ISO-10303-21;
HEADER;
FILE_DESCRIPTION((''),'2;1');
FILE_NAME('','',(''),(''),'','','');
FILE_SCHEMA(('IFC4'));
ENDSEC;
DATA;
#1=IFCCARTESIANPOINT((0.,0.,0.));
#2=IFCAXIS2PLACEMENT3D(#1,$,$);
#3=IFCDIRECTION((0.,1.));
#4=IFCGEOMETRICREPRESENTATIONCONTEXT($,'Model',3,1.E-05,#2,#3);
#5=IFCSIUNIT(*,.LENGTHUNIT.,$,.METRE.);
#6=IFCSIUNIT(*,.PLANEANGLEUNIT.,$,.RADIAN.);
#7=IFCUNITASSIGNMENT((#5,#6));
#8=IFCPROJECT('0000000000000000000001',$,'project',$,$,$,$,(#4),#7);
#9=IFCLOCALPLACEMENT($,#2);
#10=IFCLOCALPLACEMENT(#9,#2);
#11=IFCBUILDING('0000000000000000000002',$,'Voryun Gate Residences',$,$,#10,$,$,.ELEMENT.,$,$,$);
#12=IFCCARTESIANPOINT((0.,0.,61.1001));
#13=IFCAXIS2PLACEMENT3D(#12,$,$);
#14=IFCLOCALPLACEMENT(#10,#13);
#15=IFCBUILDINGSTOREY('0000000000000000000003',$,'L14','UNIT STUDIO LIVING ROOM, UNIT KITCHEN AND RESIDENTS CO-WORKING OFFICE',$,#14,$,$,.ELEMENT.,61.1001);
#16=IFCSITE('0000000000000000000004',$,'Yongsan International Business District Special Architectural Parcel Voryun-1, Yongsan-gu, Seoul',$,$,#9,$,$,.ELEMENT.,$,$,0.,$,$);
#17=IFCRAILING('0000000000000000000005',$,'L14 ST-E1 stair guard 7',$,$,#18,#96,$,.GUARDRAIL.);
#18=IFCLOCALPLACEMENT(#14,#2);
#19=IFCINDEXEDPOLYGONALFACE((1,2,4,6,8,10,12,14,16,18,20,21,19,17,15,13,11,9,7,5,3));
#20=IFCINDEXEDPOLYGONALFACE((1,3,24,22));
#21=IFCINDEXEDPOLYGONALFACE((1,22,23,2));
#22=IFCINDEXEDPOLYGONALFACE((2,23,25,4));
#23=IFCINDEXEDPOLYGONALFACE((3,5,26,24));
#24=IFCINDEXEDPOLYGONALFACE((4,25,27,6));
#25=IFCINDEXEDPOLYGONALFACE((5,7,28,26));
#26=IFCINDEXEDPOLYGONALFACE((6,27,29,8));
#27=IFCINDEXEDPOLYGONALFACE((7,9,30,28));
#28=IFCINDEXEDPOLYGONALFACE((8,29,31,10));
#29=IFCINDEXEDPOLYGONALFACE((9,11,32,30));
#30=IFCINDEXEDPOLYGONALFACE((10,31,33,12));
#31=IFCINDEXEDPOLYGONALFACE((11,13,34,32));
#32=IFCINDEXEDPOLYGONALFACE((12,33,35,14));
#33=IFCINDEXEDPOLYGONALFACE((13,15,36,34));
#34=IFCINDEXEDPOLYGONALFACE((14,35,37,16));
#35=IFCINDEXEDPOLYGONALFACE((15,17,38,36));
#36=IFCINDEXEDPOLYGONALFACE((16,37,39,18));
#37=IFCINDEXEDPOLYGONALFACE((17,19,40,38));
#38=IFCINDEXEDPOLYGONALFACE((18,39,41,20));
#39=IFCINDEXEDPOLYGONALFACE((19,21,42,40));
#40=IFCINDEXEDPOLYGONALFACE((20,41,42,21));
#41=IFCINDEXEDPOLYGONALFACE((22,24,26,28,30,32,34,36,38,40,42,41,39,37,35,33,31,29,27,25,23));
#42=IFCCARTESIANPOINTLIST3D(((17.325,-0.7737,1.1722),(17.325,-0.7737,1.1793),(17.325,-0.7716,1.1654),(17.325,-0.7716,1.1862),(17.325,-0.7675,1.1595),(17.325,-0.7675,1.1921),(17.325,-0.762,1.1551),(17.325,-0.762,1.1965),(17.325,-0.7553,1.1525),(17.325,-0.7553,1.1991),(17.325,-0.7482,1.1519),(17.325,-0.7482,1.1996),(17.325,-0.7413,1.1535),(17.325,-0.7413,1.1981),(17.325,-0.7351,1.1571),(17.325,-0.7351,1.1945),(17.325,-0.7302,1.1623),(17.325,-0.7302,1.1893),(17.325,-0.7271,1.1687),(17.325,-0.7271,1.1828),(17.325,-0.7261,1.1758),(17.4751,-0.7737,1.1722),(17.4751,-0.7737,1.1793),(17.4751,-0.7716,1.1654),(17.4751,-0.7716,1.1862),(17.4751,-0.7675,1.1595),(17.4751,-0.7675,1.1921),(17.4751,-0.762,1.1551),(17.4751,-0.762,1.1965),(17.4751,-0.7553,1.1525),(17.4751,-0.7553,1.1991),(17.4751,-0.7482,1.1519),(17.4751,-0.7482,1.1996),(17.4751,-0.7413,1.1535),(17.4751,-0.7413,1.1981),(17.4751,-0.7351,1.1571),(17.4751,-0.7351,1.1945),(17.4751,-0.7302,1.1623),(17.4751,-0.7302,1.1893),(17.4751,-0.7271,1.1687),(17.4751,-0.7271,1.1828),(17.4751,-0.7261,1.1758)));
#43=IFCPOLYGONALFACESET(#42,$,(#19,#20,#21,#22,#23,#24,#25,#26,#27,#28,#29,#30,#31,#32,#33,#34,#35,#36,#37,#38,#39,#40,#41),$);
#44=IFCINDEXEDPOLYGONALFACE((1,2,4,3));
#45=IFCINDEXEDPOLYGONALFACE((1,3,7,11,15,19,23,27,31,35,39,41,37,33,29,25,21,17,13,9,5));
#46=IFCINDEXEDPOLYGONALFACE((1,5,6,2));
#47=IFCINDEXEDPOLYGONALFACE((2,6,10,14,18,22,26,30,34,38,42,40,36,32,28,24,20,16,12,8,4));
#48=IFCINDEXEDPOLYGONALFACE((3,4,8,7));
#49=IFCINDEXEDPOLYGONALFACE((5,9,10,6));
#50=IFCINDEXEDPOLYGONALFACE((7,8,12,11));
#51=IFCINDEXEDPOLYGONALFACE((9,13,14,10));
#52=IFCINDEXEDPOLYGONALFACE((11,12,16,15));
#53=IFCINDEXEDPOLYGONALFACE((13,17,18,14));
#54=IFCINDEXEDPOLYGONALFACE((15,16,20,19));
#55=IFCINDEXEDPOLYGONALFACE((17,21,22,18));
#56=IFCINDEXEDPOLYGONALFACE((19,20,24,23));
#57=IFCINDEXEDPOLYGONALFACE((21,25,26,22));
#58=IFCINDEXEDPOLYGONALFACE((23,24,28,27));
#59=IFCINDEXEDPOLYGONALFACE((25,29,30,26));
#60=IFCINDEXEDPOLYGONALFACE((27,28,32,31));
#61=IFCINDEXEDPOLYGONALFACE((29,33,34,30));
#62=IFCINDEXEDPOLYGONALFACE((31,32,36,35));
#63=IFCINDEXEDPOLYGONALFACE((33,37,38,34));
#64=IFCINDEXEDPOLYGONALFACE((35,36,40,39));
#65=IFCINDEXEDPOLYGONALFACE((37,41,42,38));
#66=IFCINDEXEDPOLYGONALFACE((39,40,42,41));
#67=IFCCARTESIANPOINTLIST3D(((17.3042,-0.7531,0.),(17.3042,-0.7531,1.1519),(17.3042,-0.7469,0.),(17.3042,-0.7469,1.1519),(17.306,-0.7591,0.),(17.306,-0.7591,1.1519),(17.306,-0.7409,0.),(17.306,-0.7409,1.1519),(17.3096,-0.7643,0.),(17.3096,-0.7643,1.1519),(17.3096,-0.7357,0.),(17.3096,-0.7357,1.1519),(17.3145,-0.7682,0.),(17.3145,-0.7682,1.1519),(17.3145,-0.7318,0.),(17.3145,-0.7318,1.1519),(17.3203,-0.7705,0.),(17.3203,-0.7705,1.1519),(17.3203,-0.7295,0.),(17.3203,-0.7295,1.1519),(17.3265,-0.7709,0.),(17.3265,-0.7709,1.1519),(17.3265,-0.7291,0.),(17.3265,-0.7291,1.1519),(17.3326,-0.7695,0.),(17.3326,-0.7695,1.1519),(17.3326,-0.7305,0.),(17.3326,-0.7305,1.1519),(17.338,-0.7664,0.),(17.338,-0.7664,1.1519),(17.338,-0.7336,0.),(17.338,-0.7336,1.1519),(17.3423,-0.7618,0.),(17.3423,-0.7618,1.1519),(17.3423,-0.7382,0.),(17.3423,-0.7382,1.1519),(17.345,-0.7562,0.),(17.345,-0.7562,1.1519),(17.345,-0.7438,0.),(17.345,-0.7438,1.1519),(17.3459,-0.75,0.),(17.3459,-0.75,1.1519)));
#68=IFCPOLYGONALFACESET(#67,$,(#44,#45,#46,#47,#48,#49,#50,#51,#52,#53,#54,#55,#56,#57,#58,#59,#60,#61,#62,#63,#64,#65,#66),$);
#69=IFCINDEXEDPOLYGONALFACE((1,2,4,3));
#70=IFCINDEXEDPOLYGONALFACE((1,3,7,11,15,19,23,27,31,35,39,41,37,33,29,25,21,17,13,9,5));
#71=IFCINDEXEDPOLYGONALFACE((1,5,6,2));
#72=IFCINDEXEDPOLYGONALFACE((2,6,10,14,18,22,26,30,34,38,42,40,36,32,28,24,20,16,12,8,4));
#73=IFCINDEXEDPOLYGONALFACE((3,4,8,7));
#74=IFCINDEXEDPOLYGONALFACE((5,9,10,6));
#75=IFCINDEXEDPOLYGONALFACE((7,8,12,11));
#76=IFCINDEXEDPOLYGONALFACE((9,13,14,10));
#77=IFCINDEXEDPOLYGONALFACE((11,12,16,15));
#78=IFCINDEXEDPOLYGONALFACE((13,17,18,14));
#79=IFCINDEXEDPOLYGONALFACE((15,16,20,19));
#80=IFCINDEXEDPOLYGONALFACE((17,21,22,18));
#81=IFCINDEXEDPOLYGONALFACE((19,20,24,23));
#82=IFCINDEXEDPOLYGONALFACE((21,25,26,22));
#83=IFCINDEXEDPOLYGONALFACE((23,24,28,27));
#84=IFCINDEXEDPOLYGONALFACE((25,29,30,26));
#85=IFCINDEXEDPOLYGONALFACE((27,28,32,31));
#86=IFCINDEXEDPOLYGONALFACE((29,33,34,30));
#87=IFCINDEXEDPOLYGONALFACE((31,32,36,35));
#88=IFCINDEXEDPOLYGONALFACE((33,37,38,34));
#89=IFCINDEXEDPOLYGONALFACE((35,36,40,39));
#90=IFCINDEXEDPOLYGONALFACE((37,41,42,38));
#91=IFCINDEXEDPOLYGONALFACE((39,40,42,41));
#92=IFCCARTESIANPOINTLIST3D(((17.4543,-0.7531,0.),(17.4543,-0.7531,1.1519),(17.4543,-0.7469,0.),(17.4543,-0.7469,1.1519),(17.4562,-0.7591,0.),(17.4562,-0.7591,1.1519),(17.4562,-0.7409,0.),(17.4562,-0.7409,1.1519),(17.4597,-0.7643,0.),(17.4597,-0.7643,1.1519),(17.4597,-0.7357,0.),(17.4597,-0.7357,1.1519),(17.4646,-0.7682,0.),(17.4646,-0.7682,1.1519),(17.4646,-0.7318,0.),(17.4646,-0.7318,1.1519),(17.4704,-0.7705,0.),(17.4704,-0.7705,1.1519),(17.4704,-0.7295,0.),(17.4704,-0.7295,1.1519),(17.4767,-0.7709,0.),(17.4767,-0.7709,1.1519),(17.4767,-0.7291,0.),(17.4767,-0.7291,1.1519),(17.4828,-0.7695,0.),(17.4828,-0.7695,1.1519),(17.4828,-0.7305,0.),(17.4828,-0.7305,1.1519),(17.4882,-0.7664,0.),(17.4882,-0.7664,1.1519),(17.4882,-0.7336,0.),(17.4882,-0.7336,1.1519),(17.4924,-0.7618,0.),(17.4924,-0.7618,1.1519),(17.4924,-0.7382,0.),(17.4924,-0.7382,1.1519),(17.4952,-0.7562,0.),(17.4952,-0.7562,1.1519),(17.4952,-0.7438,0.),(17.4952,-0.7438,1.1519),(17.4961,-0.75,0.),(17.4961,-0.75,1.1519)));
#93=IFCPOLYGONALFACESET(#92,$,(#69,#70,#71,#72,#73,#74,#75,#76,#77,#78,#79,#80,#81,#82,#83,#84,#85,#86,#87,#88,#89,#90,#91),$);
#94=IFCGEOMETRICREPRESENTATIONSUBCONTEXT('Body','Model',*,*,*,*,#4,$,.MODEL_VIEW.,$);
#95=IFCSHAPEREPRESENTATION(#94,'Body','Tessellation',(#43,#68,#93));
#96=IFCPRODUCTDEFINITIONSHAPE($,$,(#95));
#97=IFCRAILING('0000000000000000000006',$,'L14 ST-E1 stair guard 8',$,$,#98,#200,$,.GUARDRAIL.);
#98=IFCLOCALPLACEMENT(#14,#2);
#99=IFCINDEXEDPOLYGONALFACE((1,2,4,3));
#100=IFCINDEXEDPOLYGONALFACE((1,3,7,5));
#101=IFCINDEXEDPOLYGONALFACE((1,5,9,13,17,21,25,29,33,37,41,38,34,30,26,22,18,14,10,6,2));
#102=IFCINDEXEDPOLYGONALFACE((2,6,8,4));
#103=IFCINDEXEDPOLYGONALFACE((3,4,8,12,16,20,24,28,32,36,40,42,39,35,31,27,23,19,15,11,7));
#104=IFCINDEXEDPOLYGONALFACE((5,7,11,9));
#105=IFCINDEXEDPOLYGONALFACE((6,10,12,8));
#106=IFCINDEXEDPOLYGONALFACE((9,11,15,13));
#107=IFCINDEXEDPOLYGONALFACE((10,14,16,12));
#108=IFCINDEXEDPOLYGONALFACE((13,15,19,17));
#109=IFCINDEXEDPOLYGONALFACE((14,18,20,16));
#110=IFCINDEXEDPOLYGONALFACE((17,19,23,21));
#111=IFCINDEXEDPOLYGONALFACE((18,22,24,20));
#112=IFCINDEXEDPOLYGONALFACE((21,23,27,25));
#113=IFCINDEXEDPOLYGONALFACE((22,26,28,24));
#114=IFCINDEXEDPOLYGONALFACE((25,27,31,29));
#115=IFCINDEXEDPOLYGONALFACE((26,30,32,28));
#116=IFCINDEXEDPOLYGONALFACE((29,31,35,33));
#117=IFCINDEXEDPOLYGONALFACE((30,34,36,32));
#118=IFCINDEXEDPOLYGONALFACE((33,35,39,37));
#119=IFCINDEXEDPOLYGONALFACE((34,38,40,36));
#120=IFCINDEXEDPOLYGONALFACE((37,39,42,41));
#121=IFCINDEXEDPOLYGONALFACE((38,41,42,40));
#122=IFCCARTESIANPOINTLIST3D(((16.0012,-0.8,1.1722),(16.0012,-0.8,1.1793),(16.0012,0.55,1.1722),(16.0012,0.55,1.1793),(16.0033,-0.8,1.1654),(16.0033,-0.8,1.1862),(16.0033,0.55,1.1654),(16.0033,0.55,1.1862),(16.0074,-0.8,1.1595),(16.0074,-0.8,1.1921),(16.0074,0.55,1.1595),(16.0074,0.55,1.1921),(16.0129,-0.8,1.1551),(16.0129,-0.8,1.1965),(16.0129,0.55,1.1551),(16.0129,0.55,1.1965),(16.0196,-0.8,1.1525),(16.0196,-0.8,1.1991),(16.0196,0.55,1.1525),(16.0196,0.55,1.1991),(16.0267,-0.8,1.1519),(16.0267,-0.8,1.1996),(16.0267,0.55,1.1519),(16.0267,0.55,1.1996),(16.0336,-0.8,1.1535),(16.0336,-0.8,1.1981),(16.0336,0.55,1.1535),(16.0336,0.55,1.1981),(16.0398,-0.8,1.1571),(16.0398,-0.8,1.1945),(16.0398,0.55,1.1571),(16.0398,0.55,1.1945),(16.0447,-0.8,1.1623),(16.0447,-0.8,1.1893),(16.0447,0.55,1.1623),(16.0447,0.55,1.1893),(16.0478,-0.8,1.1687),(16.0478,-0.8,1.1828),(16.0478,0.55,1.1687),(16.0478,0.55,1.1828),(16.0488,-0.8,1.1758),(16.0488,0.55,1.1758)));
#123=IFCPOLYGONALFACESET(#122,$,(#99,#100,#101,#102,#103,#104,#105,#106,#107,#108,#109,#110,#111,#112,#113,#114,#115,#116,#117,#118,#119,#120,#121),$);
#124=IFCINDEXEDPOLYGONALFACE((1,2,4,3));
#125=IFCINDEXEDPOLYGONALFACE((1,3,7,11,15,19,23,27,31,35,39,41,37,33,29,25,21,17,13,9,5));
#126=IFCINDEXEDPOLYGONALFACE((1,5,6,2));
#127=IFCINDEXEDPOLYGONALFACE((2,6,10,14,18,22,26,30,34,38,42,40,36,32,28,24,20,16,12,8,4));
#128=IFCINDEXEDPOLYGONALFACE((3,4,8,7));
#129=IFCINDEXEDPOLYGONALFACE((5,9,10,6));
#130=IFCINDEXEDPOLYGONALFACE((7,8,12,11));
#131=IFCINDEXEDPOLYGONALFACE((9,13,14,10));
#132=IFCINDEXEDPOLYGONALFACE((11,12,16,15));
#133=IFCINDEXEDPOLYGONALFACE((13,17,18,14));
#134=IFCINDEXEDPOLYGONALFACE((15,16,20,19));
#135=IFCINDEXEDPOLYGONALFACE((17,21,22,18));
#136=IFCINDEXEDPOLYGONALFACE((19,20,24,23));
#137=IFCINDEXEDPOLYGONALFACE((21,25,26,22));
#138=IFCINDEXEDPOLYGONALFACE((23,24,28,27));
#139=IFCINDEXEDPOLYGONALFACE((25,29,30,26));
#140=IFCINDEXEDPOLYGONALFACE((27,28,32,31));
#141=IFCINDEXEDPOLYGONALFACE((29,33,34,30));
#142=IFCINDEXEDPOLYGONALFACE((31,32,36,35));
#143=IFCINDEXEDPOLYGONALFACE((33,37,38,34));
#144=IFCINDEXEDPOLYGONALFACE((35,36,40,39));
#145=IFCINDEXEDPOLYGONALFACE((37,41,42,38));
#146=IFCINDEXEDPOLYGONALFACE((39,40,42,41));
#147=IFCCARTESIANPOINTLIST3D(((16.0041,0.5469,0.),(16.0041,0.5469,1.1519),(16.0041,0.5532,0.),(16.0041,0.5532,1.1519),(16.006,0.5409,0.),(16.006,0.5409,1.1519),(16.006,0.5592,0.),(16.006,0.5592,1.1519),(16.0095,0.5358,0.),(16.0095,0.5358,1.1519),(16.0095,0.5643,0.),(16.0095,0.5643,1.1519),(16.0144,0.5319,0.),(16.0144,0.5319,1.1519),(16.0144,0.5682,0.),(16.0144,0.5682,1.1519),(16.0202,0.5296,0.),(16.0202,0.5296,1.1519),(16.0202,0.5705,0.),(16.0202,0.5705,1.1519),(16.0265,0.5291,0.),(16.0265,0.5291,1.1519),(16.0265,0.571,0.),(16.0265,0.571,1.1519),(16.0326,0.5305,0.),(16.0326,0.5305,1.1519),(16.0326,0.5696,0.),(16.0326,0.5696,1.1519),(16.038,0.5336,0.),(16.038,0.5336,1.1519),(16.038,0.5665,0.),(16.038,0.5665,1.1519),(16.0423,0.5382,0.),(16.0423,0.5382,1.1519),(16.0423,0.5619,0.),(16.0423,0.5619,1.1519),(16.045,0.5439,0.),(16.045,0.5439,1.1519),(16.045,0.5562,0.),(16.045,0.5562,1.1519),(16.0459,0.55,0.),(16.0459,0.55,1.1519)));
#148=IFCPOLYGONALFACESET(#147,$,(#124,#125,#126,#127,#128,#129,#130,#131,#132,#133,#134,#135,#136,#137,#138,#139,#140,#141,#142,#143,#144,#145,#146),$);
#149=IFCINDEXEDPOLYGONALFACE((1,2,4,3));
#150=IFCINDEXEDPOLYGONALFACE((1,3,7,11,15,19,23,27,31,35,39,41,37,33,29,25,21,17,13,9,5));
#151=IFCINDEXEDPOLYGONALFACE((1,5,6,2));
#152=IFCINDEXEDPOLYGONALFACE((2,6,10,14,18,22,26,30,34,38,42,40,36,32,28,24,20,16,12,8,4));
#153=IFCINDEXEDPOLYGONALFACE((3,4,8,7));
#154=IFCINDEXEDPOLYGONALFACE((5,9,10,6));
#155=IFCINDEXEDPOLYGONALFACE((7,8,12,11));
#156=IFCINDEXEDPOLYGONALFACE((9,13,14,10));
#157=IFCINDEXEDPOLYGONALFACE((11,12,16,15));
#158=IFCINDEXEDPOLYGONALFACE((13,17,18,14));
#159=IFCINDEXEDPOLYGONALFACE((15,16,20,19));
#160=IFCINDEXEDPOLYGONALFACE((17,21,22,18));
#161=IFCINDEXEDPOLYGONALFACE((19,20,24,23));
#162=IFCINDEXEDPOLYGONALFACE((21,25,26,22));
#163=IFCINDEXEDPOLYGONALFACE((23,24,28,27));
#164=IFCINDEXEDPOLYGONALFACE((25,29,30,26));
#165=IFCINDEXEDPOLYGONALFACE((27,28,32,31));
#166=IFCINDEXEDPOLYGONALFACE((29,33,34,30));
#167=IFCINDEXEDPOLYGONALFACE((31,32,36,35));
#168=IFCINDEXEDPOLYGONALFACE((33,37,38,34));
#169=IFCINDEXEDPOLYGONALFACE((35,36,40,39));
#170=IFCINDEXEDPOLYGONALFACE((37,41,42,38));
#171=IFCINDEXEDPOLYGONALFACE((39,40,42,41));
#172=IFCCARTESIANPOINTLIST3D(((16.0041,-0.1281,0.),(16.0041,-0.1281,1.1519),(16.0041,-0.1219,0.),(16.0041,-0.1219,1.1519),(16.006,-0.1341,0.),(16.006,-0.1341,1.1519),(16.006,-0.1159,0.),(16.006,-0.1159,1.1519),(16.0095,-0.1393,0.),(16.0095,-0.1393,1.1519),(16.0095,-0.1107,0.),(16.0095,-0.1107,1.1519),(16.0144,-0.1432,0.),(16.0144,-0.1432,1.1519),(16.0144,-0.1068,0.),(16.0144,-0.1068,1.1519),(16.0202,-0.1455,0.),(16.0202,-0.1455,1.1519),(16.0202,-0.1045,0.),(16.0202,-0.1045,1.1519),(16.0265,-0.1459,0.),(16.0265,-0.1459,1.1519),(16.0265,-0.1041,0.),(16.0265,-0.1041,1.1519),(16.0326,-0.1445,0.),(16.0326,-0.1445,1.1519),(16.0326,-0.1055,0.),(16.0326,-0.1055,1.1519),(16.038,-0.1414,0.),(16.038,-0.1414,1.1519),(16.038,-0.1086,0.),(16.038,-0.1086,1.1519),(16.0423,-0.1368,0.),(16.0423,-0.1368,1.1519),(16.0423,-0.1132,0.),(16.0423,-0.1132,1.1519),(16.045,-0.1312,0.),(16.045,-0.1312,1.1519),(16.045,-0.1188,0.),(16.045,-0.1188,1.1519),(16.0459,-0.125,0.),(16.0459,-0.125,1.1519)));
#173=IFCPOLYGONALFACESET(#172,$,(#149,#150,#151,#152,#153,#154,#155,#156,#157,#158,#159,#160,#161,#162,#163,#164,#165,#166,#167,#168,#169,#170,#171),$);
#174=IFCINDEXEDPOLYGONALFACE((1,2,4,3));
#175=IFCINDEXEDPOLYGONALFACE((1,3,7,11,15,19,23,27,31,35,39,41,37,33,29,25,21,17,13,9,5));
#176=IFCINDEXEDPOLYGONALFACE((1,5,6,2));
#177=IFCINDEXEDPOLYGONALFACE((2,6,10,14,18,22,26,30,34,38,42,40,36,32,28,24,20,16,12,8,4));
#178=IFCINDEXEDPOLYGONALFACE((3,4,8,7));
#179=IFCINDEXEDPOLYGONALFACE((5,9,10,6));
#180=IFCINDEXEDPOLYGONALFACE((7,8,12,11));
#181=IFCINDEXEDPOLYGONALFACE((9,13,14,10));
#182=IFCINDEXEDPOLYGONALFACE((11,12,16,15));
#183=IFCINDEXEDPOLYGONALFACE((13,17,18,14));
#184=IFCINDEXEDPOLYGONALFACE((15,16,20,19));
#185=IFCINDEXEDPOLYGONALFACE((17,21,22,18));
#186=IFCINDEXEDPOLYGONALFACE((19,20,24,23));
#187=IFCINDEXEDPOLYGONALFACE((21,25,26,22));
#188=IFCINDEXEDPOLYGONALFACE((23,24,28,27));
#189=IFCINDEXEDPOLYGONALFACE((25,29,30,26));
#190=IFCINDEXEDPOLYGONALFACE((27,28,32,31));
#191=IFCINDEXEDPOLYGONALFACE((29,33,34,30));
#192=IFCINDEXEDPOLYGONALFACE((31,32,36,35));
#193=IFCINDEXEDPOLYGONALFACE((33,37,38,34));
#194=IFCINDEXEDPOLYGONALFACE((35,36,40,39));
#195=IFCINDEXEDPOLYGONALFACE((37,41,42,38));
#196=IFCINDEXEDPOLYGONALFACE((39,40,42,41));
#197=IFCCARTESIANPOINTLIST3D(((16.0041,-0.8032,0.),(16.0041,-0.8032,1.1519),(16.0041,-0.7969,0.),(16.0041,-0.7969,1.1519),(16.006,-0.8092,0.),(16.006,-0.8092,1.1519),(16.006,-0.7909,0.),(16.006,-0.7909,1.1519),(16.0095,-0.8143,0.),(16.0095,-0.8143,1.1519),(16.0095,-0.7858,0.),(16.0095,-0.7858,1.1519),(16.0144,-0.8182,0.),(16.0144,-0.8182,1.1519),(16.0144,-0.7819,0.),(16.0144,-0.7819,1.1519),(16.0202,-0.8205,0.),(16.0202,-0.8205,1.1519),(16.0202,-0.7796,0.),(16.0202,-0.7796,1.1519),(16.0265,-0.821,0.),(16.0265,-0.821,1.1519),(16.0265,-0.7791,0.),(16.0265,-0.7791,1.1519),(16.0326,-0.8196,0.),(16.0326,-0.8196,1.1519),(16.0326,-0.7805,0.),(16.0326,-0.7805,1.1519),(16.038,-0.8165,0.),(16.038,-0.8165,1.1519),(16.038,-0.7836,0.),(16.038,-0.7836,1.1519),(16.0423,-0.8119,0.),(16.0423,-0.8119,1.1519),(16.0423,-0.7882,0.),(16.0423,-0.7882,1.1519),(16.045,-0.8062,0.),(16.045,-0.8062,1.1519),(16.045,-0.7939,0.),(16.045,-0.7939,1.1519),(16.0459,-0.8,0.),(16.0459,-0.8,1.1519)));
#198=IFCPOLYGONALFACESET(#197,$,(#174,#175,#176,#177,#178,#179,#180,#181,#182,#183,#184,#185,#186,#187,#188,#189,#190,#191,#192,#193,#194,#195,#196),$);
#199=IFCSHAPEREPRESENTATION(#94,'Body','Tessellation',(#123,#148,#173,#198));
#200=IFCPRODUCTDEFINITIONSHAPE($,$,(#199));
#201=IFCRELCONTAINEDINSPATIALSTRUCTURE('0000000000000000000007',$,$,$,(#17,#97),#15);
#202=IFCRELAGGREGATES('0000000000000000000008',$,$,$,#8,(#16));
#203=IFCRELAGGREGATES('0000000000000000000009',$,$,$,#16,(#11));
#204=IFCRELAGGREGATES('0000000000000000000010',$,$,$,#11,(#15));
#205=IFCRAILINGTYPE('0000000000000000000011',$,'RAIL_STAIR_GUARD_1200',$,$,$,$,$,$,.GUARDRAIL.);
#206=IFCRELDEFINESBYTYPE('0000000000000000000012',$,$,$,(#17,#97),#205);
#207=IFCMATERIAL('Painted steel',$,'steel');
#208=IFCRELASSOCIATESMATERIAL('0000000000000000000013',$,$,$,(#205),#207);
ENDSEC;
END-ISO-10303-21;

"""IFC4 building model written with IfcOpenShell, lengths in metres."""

from ifc_helpers import new_model, si_unit, direction, frame, origin, origin_2d, place, context, subcontext, project, spatial, circle, extrude, material, type_object, element, save


model = new_model("IFC4")

# Units and contexts
model_context = context("Model", 3, precision=1e-05, world=origin(), true_north=direction((0.0, 1.0)))
body_context = subcontext(model_context, "Body", "Model", "MODEL_VIEW")
ifc_project = project(units=[si_unit("LENGTHUNIT", "METRE"), si_unit("PLANEANGLEUNIT", "RADIAN")], contexts=[model_context])

# Site, building, storey
site_placement = place(None, origin())
site = spatial("IfcSite", under=ifc_project, at=site_placement, Name="Yongsan International Business District Special Architectural Parcel Voryun-1, Yongsan-gu, Seoul", CompositionType="ELEMENT", RefElevation=0.0)
building_placement = place(site_placement, origin())
building = spatial("IfcBuilding", under=site, at=building_placement, Name="Voryun Gate Residences", CompositionType="ELEMENT")
storey_placement = place(building_placement, frame((0.0, 0.0, 61.1001)))
storey = spatial("IfcBuildingStorey", under=building, at=storey_placement, Name="L14", Description="UNIT STUDIO LIVING ROOM, UNIT KITCHEN AND RESIDENTS CO-WORKING OFFICE", CompositionType="ELEMENT", Elevation=61.1001)

# Railings
ifc_material_1 = material(Name="Painted steel", Category="steel")
railing_type = type_object("IfcRailingType", Name="RAIL_STAIR_GUARD_1200", PredefinedType="GUARDRAIL", material=ifc_material_1)
railing_1_placement = place(storey_placement, frame((17.325, -0.75, 0.0)))
element("IfcRailing", 1, at=railing_1_placement, inside=storey, type_object=railing_type, Name="L14 ST-E1 stair guard 7", PredefinedType="GUARDRAIL", context=body_context, shape_type="SweptSolid", body=[
    extrude(circle(Radius=0.0239, at=origin_2d()), frame((0.0, 0.0, 1.1758), z_axis=(1.0, 0.0, 0.0), x_axis=(0.0, 1.0, 0.0)), (0.0, 0.0, 1.0), 0.1501),
    extrude(circle(Radius=0.021, at=origin_2d()), origin(), (0.0, 0.0, 1.0), 1.1519),
    extrude(circle(Radius=0.021, at=origin_2d()), frame((0.1501, 0.0, 0.0)), (0.0, 0.0, 1.0), 1.1519),
])
for number, where, name in (
    (2, (16.0249, 0.55, 0.0), "L14 ST-E1 stair guard 8"),
):
    element("IfcRailing", number, at=place(storey_placement, frame(where)), inside=storey, type_object=railing_type, Name=name, PredefinedType="GUARDRAIL", context=body_context, shape_type="SweptSolid", body=[
        extrude(circle(Radius=0.0239, at=origin_2d()), frame((0.0, 0.0, 1.1758), z_axis=(0.0, -1.0, 0.0), x_axis=(1.0, 0.0, 0.0)), (0.0, 0.0, 1.0), 1.3501),
        extrude(circle(Radius=0.021, at=origin_2d()), origin(), (0.0, 0.0, 1.0), 1.1519),
        extrude(circle(Radius=0.021, at=origin_2d()), frame((0.0, -0.675, 0.0)), (0.0, 0.0, 1.0), 1.1519),
        extrude(circle(Radius=0.021, at=origin_2d()), frame((0.0, -1.3501, 0.0)), (0.0, 0.0, 1.0), 1.1519),
    ])

save(model, "model.ifc")
